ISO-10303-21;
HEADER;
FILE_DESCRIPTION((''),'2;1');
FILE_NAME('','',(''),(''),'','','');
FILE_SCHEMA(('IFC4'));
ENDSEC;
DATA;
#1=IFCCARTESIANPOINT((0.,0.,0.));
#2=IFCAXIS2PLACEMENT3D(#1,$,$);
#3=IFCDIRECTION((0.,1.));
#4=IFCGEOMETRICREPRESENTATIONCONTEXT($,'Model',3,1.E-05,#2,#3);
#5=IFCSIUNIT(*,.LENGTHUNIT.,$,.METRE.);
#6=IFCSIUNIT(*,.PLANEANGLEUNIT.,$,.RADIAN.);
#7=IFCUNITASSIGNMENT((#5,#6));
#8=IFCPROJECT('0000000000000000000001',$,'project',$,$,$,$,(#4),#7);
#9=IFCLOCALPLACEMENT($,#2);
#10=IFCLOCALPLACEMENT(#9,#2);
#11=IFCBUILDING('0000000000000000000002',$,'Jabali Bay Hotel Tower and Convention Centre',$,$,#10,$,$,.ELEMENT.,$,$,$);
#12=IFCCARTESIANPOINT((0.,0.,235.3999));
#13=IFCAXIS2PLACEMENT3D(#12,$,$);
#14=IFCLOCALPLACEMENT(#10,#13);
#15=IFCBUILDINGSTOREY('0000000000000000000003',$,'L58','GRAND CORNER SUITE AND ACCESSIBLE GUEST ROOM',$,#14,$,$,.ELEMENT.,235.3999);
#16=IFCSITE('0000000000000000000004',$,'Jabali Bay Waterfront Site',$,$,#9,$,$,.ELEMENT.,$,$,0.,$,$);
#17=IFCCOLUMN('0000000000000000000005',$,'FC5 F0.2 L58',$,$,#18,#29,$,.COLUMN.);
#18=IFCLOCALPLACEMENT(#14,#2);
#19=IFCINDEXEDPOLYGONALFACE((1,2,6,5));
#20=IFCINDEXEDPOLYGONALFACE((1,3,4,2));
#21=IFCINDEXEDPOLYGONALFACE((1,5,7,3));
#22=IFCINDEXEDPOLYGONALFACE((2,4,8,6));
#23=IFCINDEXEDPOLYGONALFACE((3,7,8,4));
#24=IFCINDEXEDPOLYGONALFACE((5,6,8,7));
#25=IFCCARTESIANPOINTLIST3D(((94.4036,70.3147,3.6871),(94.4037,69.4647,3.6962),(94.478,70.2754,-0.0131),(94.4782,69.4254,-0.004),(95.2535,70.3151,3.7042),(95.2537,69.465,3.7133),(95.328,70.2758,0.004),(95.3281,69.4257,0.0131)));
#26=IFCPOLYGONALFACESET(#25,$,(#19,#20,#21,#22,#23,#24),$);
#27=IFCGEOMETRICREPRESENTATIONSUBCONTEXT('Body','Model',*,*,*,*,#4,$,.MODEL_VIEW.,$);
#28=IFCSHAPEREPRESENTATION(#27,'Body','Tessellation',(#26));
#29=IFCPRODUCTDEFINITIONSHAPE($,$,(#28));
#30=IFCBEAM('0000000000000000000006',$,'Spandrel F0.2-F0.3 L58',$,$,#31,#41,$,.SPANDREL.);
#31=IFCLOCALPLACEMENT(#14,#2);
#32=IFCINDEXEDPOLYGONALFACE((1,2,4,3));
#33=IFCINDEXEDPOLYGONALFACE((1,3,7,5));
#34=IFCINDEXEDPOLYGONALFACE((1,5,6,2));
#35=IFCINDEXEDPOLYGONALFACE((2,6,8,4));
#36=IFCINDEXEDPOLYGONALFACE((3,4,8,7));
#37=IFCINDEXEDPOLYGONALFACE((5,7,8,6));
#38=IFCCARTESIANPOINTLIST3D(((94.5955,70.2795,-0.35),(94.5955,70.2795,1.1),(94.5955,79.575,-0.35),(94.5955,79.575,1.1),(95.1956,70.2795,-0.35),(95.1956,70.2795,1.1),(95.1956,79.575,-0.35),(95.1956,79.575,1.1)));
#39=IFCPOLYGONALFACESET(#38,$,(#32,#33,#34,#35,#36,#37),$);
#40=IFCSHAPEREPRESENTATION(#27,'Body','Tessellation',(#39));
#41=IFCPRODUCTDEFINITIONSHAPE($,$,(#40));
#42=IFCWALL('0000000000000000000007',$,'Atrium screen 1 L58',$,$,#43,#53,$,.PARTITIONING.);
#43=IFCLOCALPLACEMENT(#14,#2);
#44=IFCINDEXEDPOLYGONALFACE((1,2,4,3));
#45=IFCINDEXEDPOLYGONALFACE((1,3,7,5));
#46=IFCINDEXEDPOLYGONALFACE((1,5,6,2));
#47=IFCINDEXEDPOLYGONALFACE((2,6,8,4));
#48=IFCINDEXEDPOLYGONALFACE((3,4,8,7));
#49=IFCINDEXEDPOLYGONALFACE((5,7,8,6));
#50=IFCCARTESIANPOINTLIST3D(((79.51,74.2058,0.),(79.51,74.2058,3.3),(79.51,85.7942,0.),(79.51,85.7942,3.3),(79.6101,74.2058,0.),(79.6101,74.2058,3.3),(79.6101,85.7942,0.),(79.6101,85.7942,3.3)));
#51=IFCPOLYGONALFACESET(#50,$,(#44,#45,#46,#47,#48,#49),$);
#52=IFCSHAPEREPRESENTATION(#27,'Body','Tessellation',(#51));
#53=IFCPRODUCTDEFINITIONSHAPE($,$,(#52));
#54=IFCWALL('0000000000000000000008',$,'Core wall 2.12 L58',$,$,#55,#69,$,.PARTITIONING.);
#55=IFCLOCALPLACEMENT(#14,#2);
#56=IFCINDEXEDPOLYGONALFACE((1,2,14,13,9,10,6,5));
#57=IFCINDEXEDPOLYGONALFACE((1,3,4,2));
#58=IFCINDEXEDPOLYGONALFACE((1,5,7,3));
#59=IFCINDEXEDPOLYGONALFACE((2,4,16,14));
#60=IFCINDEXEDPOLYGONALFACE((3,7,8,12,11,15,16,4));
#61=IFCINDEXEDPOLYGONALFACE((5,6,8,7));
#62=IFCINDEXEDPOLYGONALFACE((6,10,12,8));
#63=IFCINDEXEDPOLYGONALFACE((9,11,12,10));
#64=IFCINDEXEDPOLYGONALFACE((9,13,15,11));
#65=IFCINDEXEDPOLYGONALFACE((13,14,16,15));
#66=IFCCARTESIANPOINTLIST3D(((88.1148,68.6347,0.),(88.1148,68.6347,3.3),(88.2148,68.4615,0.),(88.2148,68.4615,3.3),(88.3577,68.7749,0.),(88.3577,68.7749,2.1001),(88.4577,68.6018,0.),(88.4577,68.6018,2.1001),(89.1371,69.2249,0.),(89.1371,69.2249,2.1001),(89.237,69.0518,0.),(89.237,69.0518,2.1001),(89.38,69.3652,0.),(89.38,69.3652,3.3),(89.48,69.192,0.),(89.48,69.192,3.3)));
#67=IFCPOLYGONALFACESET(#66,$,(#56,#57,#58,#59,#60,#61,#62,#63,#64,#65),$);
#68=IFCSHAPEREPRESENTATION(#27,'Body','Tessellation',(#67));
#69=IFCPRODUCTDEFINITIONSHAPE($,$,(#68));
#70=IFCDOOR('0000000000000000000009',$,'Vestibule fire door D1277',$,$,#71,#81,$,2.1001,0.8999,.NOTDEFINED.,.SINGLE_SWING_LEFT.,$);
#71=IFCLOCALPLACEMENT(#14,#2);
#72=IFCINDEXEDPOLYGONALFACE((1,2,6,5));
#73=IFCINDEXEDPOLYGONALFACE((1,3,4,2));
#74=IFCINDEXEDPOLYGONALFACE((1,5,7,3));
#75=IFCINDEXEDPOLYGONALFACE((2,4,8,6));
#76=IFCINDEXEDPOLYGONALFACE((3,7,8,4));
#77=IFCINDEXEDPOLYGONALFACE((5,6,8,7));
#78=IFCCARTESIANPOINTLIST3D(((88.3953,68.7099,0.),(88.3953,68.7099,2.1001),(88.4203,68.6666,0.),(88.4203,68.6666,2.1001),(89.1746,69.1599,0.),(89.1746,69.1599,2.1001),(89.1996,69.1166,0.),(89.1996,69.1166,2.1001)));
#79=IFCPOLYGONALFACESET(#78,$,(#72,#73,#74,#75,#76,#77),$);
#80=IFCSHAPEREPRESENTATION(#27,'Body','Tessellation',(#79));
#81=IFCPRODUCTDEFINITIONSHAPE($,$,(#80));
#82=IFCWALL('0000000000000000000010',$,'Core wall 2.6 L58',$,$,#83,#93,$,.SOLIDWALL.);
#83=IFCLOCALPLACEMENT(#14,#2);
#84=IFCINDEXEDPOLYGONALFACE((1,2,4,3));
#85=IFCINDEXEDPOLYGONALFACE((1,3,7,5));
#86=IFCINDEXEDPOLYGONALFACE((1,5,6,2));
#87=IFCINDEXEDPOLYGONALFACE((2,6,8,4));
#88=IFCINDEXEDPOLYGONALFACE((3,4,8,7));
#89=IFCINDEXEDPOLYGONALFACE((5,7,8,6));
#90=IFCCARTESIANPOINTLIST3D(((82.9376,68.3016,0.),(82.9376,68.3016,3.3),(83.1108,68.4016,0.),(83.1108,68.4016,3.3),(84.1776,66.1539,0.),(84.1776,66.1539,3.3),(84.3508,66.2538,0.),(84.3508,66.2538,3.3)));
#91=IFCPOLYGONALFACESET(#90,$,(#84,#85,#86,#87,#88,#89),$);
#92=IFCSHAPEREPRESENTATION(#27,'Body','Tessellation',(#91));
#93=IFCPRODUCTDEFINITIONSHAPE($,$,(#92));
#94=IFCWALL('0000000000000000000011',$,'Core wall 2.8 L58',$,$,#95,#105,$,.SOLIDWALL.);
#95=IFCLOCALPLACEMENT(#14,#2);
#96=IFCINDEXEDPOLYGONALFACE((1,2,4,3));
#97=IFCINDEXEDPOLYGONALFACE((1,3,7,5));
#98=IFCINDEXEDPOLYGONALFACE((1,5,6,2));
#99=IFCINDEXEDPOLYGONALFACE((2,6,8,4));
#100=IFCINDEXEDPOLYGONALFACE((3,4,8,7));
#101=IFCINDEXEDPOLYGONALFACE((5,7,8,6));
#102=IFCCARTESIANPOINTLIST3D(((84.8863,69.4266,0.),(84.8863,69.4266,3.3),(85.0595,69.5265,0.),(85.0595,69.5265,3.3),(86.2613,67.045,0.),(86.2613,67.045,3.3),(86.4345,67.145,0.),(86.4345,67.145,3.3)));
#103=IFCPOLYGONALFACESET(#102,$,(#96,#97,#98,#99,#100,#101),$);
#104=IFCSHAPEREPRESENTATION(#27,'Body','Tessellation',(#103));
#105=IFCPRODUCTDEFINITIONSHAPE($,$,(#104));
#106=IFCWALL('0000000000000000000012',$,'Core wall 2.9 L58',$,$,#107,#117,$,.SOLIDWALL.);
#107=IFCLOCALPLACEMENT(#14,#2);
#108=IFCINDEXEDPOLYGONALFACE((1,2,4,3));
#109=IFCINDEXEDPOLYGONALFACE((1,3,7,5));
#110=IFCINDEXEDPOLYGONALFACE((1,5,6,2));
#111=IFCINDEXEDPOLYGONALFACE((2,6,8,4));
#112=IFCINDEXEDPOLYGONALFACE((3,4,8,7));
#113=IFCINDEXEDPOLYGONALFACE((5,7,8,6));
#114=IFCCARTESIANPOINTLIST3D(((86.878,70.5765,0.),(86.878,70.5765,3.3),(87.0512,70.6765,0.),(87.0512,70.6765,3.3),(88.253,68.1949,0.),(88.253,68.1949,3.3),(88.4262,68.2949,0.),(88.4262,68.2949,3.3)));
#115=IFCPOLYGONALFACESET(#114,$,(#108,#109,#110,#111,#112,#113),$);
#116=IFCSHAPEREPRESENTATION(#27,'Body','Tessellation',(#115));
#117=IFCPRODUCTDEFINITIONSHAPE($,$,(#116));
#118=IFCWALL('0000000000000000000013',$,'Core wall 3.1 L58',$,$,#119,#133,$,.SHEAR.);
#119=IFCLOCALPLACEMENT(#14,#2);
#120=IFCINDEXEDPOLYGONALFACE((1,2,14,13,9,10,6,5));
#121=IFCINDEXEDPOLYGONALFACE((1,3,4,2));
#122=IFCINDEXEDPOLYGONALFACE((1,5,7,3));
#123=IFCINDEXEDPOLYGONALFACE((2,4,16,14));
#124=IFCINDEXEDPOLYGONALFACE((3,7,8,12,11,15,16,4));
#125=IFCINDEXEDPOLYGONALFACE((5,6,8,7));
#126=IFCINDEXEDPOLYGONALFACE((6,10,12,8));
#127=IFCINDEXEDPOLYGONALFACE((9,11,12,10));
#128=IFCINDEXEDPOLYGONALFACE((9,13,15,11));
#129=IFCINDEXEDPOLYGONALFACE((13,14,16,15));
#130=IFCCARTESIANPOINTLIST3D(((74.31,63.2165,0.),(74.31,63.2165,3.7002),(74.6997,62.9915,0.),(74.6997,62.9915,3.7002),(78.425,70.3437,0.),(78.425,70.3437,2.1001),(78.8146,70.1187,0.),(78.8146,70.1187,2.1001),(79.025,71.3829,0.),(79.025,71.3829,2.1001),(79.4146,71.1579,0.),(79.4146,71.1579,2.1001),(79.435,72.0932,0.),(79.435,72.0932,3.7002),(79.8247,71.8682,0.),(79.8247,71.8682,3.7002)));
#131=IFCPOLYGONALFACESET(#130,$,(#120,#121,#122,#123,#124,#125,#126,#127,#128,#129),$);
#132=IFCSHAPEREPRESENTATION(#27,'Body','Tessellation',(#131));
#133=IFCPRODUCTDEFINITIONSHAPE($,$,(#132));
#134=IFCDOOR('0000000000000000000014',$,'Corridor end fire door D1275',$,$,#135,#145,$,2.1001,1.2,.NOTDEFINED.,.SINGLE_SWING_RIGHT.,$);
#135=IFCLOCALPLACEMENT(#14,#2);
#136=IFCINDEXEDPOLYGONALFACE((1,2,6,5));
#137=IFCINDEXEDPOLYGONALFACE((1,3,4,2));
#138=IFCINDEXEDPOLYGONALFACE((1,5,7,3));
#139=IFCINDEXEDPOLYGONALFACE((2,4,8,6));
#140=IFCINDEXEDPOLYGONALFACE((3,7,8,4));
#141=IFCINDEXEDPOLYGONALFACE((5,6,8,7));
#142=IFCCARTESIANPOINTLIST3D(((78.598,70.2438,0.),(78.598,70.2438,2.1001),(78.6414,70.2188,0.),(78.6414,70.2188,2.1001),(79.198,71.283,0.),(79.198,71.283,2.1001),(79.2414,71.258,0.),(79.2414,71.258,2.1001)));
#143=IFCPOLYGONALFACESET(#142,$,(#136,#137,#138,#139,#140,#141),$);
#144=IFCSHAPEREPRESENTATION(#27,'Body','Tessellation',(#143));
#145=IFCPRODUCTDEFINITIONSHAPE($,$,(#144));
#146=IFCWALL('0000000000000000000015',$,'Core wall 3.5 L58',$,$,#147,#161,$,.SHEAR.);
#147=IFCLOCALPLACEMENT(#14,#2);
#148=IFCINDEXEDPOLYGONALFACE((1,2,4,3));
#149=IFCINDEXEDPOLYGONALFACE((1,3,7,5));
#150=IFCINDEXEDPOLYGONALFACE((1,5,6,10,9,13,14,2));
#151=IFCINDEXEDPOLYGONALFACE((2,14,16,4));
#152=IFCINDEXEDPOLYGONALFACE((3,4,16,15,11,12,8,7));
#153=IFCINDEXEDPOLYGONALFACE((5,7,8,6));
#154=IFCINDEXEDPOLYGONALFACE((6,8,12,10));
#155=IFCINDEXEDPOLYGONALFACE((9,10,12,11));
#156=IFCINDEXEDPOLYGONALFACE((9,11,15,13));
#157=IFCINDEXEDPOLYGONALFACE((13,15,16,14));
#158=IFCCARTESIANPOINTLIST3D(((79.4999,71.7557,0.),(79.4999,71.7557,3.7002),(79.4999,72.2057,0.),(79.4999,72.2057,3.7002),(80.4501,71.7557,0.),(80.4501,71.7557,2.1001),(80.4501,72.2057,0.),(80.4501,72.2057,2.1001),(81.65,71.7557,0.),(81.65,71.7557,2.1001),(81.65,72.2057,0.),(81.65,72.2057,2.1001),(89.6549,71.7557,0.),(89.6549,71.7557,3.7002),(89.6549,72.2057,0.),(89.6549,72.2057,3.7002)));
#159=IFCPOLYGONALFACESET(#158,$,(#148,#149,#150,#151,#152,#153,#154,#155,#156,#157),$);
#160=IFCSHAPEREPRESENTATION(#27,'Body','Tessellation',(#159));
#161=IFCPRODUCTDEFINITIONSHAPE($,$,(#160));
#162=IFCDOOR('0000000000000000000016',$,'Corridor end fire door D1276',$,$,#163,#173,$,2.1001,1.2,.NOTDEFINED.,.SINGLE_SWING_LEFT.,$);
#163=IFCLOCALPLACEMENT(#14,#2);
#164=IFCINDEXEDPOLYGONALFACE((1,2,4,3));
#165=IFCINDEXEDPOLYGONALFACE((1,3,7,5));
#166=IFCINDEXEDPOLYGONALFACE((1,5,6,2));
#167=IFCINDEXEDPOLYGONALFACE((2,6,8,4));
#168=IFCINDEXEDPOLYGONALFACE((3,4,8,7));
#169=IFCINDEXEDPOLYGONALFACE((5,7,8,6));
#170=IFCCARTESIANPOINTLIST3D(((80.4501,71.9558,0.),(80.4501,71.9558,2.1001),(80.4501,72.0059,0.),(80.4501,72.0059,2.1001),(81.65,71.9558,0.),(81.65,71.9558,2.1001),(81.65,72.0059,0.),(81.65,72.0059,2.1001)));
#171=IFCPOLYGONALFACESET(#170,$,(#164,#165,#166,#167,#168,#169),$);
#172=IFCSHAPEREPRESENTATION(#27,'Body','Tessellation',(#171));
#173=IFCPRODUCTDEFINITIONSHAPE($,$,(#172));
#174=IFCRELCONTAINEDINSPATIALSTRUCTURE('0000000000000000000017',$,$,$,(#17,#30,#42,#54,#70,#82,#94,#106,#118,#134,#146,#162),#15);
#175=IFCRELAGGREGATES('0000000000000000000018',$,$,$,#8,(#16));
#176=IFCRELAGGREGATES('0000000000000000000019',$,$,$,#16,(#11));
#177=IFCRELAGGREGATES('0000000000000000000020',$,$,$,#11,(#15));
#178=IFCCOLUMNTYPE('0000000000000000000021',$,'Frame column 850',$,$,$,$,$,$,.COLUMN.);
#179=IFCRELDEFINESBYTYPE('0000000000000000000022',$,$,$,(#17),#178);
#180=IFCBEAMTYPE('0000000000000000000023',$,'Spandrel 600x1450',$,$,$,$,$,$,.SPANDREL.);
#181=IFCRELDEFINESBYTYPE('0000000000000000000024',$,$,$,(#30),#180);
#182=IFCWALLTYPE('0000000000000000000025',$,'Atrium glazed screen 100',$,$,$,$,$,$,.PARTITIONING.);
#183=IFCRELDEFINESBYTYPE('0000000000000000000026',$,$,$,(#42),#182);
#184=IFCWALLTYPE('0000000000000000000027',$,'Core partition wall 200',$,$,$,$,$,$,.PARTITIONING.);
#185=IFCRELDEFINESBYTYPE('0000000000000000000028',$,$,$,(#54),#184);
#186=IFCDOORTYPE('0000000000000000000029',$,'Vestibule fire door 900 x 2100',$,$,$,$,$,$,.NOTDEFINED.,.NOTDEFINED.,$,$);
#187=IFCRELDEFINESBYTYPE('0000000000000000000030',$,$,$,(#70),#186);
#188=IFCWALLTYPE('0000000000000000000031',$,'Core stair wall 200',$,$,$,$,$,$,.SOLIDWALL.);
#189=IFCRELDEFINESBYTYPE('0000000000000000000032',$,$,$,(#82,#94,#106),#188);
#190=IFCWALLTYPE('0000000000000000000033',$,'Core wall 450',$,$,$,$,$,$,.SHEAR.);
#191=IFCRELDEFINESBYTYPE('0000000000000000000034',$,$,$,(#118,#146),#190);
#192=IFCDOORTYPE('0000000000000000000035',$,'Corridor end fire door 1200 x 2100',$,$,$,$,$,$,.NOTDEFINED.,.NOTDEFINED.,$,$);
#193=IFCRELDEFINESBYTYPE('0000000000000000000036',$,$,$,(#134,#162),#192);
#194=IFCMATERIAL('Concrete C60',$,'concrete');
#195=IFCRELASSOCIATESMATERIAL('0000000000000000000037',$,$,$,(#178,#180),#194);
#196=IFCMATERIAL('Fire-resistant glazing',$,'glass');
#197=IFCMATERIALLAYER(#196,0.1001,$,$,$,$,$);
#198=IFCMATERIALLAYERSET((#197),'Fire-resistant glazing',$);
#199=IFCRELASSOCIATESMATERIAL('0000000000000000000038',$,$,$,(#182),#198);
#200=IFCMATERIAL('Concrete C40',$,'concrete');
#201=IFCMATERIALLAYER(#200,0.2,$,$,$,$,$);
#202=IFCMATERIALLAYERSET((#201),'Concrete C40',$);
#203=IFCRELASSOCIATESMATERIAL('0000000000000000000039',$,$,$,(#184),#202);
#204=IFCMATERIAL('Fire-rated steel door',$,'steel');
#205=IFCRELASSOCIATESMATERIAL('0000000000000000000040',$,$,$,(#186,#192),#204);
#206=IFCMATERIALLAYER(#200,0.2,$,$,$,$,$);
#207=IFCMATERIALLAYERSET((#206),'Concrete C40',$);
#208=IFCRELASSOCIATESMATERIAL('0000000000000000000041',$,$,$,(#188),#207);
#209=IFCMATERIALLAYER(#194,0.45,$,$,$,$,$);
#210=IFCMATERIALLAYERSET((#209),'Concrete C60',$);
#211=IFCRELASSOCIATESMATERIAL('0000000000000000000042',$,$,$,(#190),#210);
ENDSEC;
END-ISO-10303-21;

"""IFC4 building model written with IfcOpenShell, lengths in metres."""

from ifc_helpers import new_model, si_unit, direction, frame, frame_2d, origin, origin_2d, place, context, subcontext, project, spatial, rectangle, extrude, material, layer, layer_set, material_profile, profile_set, type_object, element, fill, save


model = new_model("IFC4")

# Units and contexts
model_context = context("Model", 3, precision=1e-05, world=origin(), true_north=direction((0.0, 1.0)))
body_context = subcontext(model_context, "Body", "Model", "MODEL_VIEW")
ifc_project = project(units=[si_unit("LENGTHUNIT", "METRE"), si_unit("PLANEANGLEUNIT", "RADIAN")], contexts=[model_context])

# Site, building, storey
site_placement = place(None, origin())
site = spatial("IfcSite", under=ifc_project, at=site_placement, Name="Jabali Bay Waterfront Site", CompositionType="ELEMENT", RefElevation=0.0)
building_placement = place(site_placement, origin())
building = spatial("IfcBuilding", under=site, at=building_placement, Name="Jabali Bay Hotel Tower and Convention Centre", CompositionType="ELEMENT")
storey_placement = place(building_placement, frame((0.0, 0.0, 235.3999)))
storey = spatial("IfcBuildingStorey", under=building, at=storey_placement, Name="L58", Description="GRAND CORNER SUITE AND ACCESSIBLE GUEST ROOM", CompositionType="ELEMENT", Elevation=235.3999)

# Column
ifc_material_1 = material(Name="Concrete C60", Category="concrete")
ifc_material_profile_1 = material_profile(ifc_material_1, rectangle(XDim=0.8501, YDim=0.8501, at=origin_2d()), Name="Frame column 850")
ifc_profile_set_1 = profile_set([ifc_material_profile_1], Name="Concrete C60")
column_type = type_object("IfcColumnType", Name="Frame column 850", PredefinedType="COLUMN", material=ifc_profile_set_1)
column_placement = place(storey_placement, frame((94.9031, 69.8506, 0.0), z_axis=(-0.020119, 0.01062, 0.999741), x_axis=(0.000183, -0.999944, 0.010626)))
element("IfcColumn", 1, at=column_placement, inside=storey, type_object=column_type, Name="FC5 F0.2 L58", PredefinedType="COLUMN", context=body_context, shape_type="SweptSolid", body=[
    extrude(rectangle(XDim=0.8501, YDim=0.8501, at=origin_2d()), origin(), (0.0, 0.0, 1.0), 3.7012),
])

# Beam
ifc_material_profile_2 = material_profile(ifc_material_1, rectangle(XDim=0.6001, YDim=1.45, at=origin_2d()), Name="Spandrel 600x1450")
ifc_profile_set_2 = profile_set([ifc_material_profile_2], Name="Concrete C60")
beam_type = type_object("IfcBeamType", Name="Spandrel 600x1450", PredefinedType="SPANDREL", material=ifc_profile_set_2)
beam_placement = place(storey_placement, frame((94.8955, 70.2795, 0.375), z_axis=(0.0, 1.0, 0.0), x_axis=(-1.0, 0.0, 0.0)))
element("IfcBeam", 2, at=beam_placement, inside=storey, type_object=beam_type, Name="Spandrel F0.2-F0.3 L58", PredefinedType="SPANDREL", context=body_context, shape_type="SweptSolid", body=[
    extrude(rectangle(XDim=0.6001, YDim=1.45, at=origin_2d()), origin(), (0.0, 0.0, 1.0), 9.2954),
])

# Wall
ifc_material_2 = material(Name="Fire-resistant glazing", Category="glass")
ifc_layer_1 = layer(ifc_material_2, 0.1001)
ifc_layer_set_1 = layer_set([ifc_layer_1], Name="Fire-resistant glazing")
wall_type_1 = type_object("IfcWallType", Name="Atrium glazed screen 100", PredefinedType="PARTITIONING", material=ifc_layer_set_1)
wall_1_placement = place(storey_placement, frame((79.5601, 74.2058, 0.0), z_axis=(0.0, 0.0, 1.0), x_axis=(0.0, 1.0, 0.0)))
element("IfcWall", 3, at=wall_1_placement, inside=storey, type_object=wall_type_1, Name="Atrium screen 1 L58", PredefinedType="PARTITIONING", context=body_context, shape_type="SweptSolid", body=[
    extrude(rectangle(XDim=11.5884, YDim=0.1001, at=frame_2d((5.7942, 0.0))), origin(), (0.0, 0.0, 1.0), 3.3),
])

# Wall, opening, door
ifc_material_3 = material(Name="Concrete C40", Category="concrete")
ifc_layer_2 = layer(ifc_material_3, 0.2)
ifc_layer_set_2 = layer_set([ifc_layer_2], Name="Concrete C40")
wall_type_2 = type_object("IfcWallType", Name="Core partition wall 200", PredefinedType="PARTITIONING", material=ifc_layer_set_2)
wall_2_placement = place(storey_placement, frame((88.1648, 68.5481, 0.0), z_axis=(0.0, 0.0, 1.0), x_axis=(0.866013, 0.500021, 0.0)))
wall_2 = element("IfcWall", 4, at=wall_2_placement, inside=storey, type_object=wall_type_2, Name="Core wall 2.12 L58", PredefinedType="PARTITIONING", context=body_context, shape_type="SweptSolid", body=[
    extrude(rectangle(XDim=1.4609, YDim=0.2, at=frame_2d((0.7305, 0.0))), origin(), (0.0, 0.0, 1.0), 3.3),
])
opening_1_placement = place(wall_2_placement, frame((0.2805, 0.0, 0.0)))
opening_1 = element("IfcOpeningElement", 5, at=opening_1_placement, cuts=wall_2, PredefinedType="OPENING", context=body_context, shape_type="SweptSolid", body=[
    extrude(rectangle(XDim=0.8999, YDim=2.1001, at=frame_2d((0.45, 1.05))), frame((0.0, 0.1104, 0.0), z_axis=(0.0, -1.0, 0.0), x_axis=(1.0, 0.0, 0.0)), (0.0, 0.0, 1.0), 0.2209),
])
ifc_material_4 = material(Name="Fire-rated steel door", Category="steel")
door_type_1 = type_object("IfcDoorType", Name="Vestibule fire door 900 x 2100", OperationType="NOTDEFINED", PredefinedType="NOTDEFINED", material=ifc_material_4)
door_1_placement = place(opening_1_placement, origin())
door_1 = element("IfcDoor", 6, at=door_1_placement, inside=storey, type_object=door_type_1, Name="Vestibule fire door D1277", OperationType="SINGLE_SWING_LEFT", OverallHeight=2.1001, OverallWidth=0.8999, PredefinedType="NOTDEFINED", context=body_context, shape_type="SweptSolid", body=[
    extrude(rectangle(XDim=0.8999, YDim=2.1001, at=frame_2d((0.45, 1.05))), frame((0.0, 0.0249, 0.0), z_axis=(0.0, -1.0, 0.0), x_axis=(1.0, 0.0, 0.0)), (0.0, 0.0, 1.0), 0.05),
])
fill(opening_1, door_1)

# Walls
ifc_layer_3 = layer(ifc_material_3, 0.2)
ifc_layer_set_3 = layer_set([ifc_layer_3], Name="Concrete C40")
wall_type_3 = type_object("IfcWallType", Name="Core stair wall 200", PredefinedType="SOLIDWALL", material=ifc_layer_set_3)
wall_3_placement = place(storey_placement, frame((83.0242, 68.3516, 0.0), z_axis=(0.0, 0.0, 1.0), x_axis=(0.500004, -0.866023, 0.0)))
element("IfcWall", 7, at=wall_3_placement, inside=storey, type_object=wall_type_3, Name="Core wall 2.6 L58", PredefinedType="SOLIDWALL", context=body_context, shape_type="SweptSolid", body=[
    extrude(rectangle(XDim=2.48, YDim=0.2, at=frame_2d((1.24, 0.0))), origin(), (0.0, 0.0, 1.0), 3.3),
])
for number, where, z_axis, x_axis, name in (
    (8, (84.9729, 69.4766, 0.0), (0.0, 0.0, 1.0), (0.499997, -0.866027, 0.0), "Core wall 2.8 L58"),
    (9, (86.9646, 70.6265, 0.0), (0.0, 0.0, 1.0), (0.499997, -0.866027, 0.0), "Core wall 2.9 L58"),
):
    element("IfcWall", number, at=place(storey_placement, frame(where, z_axis=z_axis, x_axis=x_axis)), inside=storey, type_object=wall_type_3, Name=name, PredefinedType="SOLIDWALL", context=body_context, shape_type="SweptSolid", body=[
        extrude(rectangle(XDim=2.75, YDim=0.2, at=frame_2d((1.375, 0.0))), origin(), (0.0, 0.0, 1.0), 3.3),
    ])

# Walls, openings, doors
ifc_layer_4 = layer(ifc_material_1, 0.45)
ifc_layer_set_4 = layer_set([ifc_layer_4], Name="Concrete C60")
wall_type_4 = type_object("IfcWallType", Name="Core wall 450", PredefinedType="SHEAR", material=ifc_layer_set_4)
wall_4_placement = place(storey_placement, frame((79.6299, 71.9807, 0.0), z_axis=(0.0, 0.0, 1.0), x_axis=(-0.500002, -0.866024, 0.0)))
wall_4 = element("IfcWall", 10, at=wall_4_placement, inside=storey, type_object=wall_type_4, Name="Core wall 3.1 L58", PredefinedType="SHEAR", context=body_context, shape_type="SweptSolid", body=[
    extrude(rectangle(XDim=10.25, YDim=0.45, at=frame_2d((5.125, 0.0))), origin(), (0.0, 0.0, 1.0), 3.7002),
])
opening_2_placement = place(wall_4_placement, frame((0.8201, 0.0, 0.0)))
opening_2 = element("IfcOpeningElement", 11, at=opening_2_placement, cuts=wall_4, PredefinedType="OPENING", context=body_context, shape_type="SweptSolid", body=[
    extrude(rectangle(XDim=1.2, YDim=2.1001, at=frame_2d((0.6001, 1.05))), frame((0.0, 0.2354, 0.0), z_axis=(0.0, -1.0, 0.0), x_axis=(1.0, 0.0, 0.0)), (0.0, 0.0, 1.0), 0.4709),
])
door_type_2 = type_object("IfcDoorType", Name="Corridor end fire door 1200 x 2100", OperationType="NOTDEFINED", PredefinedType="NOTDEFINED", material=ifc_material_4)
door_2_placement = place(opening_2_placement, origin())
door_2 = element("IfcDoor", 12, at=door_2_placement, inside=storey, type_object=door_type_2, Name="Corridor end fire door D1275", OperationType="SINGLE_SWING_RIGHT", OverallHeight=2.1001, OverallWidth=1.2, PredefinedType="NOTDEFINED", context=body_context, shape_type="SweptSolid", body=[
    extrude(rectangle(XDim=1.2, YDim=2.1001, at=frame_2d((0.6001, 1.05))), frame((0.0, 0.0249, 0.0), z_axis=(0.0, -1.0, 0.0), x_axis=(1.0, 0.0, 0.0)), (0.0, 0.0, 1.0), 0.05),
])
fill(opening_2, door_2)
wall_5_placement = place(storey_placement, frame((89.655, 71.9807, 0.0), z_axis=(0.0, 0.0, 1.0), x_axis=(-1.0, 0.0, 0.0)))
wall_5 = element("IfcWall", 13, at=wall_5_placement, inside=storey, type_object=wall_type_4, Name="Core wall 3.5 L58", PredefinedType="SHEAR", context=body_context, shape_type="SweptSolid", body=[
    extrude(rectangle(XDim=10.155, YDim=0.45, at=frame_2d((5.0776, 0.0))), origin(), (0.0, 0.0, 1.0), 3.7002),
])
opening_3_placement = place(wall_5_placement, frame((8.0049, 0.0, 0.0)))
opening_3 = element("IfcOpeningElement", 14, at=opening_3_placement, cuts=wall_5, PredefinedType="OPENING", context=body_context, shape_type="SweptSolid", body=[
    extrude(rectangle(XDim=1.2, YDim=2.1001, at=frame_2d((0.6001, 1.05))), frame((0.0, 0.2354, 0.0), z_axis=(0.0, -1.0, 0.0), x_axis=(1.0, 0.0, 0.0)), (0.0, 0.0, 1.0), 0.4709),
])
door_3_placement = place(opening_3_placement, origin())
door_3 = element("IfcDoor", 15, at=door_3_placement, inside=storey, type_object=door_type_2, Name="Corridor end fire door D1276", OperationType="SINGLE_SWING_LEFT", OverallHeight=2.1001, OverallWidth=1.2, PredefinedType="NOTDEFINED", context=body_context, shape_type="SweptSolid", body=[
    extrude(rectangle(XDim=1.2, YDim=2.1001, at=frame_2d((0.6001, 1.05))), frame((0.0, 0.0249, 0.0), z_axis=(0.0, -1.0, 0.0), x_axis=(1.0, 0.0, 0.0)), (0.0, 0.0, 1.0), 0.05),
])
fill(opening_3, door_3)

save(model, "model.ifc")
